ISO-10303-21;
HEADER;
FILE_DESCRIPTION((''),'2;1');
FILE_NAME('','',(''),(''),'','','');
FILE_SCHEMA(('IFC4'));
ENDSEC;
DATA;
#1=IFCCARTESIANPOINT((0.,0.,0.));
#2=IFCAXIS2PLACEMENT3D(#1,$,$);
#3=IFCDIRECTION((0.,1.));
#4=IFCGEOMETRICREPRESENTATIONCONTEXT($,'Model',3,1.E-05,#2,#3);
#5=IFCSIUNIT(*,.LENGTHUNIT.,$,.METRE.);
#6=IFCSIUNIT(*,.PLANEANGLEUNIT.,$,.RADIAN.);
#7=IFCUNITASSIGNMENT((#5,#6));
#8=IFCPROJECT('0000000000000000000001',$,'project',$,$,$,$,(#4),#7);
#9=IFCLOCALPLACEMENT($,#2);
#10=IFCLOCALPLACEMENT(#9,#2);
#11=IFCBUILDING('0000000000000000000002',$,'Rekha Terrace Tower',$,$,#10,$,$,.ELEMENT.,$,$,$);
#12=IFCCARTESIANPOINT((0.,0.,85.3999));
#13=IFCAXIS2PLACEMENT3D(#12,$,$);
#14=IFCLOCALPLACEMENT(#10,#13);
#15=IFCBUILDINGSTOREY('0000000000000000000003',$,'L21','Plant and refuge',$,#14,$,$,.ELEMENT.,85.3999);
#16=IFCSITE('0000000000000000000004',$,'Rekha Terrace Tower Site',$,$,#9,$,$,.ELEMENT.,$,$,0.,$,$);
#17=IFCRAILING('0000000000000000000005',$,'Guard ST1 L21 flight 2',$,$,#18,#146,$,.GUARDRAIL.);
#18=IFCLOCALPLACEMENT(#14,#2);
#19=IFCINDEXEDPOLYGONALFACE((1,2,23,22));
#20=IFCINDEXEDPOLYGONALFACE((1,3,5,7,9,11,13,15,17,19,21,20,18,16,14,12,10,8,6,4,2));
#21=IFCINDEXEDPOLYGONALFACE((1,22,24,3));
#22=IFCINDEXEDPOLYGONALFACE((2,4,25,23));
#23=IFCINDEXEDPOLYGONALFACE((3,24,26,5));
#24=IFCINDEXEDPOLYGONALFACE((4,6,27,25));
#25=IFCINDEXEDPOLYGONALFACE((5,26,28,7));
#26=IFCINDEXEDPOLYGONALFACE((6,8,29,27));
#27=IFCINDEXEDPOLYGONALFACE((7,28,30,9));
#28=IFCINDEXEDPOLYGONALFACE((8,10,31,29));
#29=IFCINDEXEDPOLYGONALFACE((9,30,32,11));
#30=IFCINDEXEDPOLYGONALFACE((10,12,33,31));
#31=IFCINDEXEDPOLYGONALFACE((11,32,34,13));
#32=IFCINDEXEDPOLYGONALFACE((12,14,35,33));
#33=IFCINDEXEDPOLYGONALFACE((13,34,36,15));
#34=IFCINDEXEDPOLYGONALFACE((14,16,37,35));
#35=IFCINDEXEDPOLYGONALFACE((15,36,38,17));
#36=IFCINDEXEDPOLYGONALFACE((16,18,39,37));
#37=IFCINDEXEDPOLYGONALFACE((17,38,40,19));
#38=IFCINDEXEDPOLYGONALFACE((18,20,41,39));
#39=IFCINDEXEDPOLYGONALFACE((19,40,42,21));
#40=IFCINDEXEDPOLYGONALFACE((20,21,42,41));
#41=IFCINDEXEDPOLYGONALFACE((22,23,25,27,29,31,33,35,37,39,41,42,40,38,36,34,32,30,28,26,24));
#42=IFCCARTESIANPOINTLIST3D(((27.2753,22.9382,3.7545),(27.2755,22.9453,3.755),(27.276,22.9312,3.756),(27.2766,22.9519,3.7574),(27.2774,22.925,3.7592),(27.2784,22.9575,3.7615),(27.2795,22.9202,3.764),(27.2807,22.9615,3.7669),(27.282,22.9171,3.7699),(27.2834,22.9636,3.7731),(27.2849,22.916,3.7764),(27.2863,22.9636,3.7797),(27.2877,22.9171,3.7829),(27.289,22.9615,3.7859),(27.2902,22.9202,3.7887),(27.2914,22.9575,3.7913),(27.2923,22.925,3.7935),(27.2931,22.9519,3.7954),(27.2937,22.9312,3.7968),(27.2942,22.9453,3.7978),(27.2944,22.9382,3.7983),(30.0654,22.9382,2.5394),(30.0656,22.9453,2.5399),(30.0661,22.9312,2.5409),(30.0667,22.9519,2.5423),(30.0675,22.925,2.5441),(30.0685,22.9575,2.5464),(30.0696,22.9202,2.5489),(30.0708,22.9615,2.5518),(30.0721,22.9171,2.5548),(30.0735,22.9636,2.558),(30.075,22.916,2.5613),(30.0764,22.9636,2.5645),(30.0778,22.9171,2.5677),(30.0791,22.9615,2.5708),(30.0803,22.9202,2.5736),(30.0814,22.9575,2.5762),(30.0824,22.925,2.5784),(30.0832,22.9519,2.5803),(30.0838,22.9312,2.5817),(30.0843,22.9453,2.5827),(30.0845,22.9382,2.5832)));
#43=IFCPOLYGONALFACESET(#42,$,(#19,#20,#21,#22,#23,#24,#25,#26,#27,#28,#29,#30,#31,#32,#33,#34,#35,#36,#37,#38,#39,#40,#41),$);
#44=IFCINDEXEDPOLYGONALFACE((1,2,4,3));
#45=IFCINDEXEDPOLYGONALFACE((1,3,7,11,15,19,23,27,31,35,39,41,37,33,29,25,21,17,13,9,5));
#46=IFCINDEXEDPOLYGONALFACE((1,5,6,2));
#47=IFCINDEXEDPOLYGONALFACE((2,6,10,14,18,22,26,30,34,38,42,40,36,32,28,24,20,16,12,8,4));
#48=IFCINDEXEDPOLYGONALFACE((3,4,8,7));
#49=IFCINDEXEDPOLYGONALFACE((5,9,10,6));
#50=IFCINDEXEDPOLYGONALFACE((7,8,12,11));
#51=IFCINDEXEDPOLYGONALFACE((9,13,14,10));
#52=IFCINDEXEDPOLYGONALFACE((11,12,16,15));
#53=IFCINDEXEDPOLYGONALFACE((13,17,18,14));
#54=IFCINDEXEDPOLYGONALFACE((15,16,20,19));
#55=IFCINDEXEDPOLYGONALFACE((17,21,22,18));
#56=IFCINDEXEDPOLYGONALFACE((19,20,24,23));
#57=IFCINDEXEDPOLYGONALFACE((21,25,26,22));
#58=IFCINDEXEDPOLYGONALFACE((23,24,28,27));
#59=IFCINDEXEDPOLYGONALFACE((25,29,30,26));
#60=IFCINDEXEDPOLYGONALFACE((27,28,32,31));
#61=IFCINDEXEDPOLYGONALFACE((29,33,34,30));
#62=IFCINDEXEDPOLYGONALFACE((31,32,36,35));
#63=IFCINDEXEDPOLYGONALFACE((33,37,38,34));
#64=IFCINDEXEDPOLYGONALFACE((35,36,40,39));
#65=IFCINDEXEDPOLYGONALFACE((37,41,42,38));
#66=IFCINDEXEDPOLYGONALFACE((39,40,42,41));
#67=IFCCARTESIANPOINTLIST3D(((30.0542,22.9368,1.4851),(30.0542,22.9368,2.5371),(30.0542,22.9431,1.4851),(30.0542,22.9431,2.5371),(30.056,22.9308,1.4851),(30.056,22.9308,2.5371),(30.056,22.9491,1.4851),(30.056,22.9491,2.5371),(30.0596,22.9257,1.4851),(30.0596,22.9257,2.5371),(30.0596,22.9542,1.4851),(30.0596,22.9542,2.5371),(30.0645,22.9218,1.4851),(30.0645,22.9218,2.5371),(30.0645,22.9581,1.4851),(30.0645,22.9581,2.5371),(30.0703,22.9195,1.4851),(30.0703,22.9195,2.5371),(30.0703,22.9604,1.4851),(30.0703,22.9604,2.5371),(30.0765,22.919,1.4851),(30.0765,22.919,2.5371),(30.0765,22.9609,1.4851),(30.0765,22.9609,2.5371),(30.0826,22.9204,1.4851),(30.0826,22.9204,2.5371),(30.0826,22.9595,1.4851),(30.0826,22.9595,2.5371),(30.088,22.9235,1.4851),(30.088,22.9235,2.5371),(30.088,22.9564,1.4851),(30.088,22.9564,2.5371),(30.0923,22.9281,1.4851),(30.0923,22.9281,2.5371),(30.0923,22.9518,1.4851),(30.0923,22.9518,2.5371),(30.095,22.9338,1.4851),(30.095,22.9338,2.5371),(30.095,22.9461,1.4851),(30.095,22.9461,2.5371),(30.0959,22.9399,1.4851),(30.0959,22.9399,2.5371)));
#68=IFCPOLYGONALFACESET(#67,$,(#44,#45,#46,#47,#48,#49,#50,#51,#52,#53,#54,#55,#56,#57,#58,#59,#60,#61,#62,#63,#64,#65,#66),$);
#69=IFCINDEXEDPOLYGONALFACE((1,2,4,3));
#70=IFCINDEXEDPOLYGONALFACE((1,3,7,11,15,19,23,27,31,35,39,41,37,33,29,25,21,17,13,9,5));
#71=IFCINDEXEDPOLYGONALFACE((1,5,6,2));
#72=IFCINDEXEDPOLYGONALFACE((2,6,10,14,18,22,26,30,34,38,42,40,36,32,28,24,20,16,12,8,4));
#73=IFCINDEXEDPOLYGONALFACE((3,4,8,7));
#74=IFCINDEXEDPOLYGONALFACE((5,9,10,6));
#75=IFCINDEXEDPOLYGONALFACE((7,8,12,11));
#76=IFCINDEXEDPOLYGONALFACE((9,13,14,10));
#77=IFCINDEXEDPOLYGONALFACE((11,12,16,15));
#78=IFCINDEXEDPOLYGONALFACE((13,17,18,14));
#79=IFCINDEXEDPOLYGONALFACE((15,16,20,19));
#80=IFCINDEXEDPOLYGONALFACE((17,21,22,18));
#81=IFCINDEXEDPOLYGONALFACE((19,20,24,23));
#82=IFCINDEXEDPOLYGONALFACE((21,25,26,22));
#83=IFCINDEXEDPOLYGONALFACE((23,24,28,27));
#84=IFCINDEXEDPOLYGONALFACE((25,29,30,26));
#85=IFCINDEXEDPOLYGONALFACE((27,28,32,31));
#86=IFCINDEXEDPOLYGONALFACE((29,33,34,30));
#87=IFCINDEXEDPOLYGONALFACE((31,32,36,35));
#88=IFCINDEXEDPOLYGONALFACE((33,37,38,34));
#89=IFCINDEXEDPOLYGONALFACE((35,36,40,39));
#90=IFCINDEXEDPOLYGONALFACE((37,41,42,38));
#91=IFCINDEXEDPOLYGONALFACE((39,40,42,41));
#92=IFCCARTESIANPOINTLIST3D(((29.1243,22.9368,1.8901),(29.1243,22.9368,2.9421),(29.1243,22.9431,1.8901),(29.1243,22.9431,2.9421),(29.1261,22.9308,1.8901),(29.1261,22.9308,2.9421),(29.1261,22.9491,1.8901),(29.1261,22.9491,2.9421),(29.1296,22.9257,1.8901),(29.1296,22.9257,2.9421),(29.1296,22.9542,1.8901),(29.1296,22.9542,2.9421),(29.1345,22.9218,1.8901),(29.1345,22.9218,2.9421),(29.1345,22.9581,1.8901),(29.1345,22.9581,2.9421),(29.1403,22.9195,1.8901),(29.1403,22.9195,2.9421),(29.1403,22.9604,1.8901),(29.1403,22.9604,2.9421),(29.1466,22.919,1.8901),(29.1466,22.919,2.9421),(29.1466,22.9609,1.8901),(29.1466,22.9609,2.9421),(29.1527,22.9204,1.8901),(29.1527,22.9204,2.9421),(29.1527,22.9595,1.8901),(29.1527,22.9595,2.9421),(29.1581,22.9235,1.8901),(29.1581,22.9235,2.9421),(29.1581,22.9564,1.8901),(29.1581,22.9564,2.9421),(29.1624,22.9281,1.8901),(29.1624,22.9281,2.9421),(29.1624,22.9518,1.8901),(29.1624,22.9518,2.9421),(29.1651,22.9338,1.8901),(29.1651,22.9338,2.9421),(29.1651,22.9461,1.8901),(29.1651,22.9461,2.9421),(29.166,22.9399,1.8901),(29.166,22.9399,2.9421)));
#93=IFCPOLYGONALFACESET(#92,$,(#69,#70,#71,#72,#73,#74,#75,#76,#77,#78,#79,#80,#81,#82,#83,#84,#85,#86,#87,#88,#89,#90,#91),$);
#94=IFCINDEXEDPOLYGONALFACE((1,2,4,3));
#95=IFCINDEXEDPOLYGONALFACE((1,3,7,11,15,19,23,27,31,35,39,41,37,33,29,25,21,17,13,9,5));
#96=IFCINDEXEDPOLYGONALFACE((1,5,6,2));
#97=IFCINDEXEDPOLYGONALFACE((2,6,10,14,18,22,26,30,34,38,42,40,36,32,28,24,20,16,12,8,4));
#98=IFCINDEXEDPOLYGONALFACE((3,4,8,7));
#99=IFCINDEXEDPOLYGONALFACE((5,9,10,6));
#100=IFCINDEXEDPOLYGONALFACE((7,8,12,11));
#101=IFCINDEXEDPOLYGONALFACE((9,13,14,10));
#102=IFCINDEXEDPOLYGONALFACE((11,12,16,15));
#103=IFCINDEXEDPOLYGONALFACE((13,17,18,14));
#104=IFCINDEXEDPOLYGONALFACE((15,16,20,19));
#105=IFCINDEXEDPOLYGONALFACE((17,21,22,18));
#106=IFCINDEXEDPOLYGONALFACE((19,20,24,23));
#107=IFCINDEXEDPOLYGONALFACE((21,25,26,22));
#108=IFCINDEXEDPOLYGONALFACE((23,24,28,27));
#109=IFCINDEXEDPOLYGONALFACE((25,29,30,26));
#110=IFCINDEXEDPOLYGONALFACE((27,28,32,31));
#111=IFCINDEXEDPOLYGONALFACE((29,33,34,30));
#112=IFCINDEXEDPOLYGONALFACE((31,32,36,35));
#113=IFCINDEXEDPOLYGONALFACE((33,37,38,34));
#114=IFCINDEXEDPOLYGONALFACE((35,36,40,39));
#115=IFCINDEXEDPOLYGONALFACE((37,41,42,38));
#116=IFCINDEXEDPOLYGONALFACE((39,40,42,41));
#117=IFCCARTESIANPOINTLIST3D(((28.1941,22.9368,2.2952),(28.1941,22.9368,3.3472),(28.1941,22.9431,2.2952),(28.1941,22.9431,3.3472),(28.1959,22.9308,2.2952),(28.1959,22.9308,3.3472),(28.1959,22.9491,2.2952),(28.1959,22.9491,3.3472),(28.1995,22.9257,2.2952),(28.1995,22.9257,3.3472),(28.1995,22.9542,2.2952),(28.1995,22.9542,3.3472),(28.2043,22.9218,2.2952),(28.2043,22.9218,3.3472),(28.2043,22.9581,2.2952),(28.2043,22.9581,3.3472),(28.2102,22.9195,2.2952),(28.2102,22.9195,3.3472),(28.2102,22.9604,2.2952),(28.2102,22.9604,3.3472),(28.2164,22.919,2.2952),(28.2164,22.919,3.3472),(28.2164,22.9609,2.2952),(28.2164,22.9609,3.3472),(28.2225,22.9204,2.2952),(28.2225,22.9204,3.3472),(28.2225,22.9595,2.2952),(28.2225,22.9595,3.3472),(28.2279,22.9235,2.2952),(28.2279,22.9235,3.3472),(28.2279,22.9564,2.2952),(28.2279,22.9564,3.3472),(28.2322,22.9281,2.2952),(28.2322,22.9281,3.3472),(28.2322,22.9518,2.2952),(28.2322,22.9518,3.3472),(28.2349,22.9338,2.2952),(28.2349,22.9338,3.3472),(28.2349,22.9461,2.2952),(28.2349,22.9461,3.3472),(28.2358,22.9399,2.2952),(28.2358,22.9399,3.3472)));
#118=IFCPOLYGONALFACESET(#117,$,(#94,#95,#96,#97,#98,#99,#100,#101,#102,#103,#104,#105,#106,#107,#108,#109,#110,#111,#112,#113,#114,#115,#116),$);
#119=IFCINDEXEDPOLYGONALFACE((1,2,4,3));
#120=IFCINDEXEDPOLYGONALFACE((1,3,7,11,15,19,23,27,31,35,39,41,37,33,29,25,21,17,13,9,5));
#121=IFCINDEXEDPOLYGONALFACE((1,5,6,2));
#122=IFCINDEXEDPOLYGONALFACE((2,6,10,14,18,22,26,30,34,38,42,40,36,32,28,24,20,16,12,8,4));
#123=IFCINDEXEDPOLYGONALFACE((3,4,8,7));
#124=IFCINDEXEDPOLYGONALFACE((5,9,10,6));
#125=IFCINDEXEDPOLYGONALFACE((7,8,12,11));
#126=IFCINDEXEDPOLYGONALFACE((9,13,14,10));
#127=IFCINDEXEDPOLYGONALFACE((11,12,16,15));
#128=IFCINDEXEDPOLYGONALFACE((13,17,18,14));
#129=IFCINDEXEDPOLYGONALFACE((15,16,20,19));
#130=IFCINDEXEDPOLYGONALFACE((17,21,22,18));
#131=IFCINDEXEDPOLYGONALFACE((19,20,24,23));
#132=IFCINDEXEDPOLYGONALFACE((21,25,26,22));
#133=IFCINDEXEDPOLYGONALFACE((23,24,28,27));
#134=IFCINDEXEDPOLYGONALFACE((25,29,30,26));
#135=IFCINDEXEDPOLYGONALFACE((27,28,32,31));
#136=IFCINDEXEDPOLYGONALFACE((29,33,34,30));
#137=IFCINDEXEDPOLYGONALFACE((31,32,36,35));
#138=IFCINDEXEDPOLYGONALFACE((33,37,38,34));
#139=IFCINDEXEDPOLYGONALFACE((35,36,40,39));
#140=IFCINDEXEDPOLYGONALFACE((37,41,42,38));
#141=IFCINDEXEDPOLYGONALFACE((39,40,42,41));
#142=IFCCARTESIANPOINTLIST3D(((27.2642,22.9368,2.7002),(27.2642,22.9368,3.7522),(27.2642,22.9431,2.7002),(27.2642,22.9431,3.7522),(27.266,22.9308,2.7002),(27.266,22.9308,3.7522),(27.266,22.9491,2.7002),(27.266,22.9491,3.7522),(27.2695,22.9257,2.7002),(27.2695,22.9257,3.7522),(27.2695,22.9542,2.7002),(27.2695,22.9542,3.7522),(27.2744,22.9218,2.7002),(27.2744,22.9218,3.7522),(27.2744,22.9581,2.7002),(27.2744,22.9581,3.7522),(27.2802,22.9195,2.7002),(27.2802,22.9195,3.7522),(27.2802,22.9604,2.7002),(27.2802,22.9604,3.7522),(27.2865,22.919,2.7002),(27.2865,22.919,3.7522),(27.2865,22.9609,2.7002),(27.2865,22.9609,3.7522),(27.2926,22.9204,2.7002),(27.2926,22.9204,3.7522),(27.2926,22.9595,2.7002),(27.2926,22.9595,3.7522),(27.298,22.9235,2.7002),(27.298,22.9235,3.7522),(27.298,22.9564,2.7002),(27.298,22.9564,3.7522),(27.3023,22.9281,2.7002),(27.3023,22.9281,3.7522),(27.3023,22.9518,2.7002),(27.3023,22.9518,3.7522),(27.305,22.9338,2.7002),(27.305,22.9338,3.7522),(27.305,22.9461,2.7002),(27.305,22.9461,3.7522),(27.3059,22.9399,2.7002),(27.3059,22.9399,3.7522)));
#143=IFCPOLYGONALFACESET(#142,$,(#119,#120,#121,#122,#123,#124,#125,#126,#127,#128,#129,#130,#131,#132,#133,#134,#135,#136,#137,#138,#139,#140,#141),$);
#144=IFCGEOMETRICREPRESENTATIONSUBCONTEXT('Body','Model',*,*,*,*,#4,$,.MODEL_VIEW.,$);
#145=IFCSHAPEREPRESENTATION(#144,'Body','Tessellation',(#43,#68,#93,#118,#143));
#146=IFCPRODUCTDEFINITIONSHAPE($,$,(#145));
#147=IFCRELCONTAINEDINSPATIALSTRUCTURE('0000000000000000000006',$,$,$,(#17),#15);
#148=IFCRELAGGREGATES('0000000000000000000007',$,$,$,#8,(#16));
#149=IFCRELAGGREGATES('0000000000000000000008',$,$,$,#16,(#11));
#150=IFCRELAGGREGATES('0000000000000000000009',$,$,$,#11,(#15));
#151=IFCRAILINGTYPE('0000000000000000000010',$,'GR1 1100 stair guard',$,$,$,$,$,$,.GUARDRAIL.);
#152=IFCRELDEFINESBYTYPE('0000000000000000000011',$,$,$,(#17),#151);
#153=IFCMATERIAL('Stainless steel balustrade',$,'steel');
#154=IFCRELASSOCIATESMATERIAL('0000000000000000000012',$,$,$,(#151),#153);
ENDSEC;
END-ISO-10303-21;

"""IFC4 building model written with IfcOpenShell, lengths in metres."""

from ifc_helpers import new_model, si_unit, direction, frame, origin, origin_2d, place, context, subcontext, project, spatial, circle, extrude, material, type_object, element, save


model = new_model("IFC4")

# Units and contexts
model_context = context("Model", 3, precision=1e-05, world=origin(), true_north=direction((0.0, 1.0)))
body_context = subcontext(model_context, "Body", "Model", "MODEL_VIEW")
ifc_project = project(units=[si_unit("LENGTHUNIT", "METRE"), si_unit("PLANEANGLEUNIT", "RADIAN")], contexts=[model_context])

# Site, building, storey
site_placement = place(None, origin())
site = spatial("IfcSite", under=ifc_project, at=site_placement, Name="Rekha Terrace Tower Site", CompositionType="ELEMENT", RefElevation=0.0)
building_placement = place(site_placement, origin())
building = spatial("IfcBuilding", under=site, at=building_placement, Name="Rekha Terrace Tower", CompositionType="ELEMENT")
storey_placement = place(building_placement, frame((0.0, 0.0, 85.3999)))
storey = spatial("IfcBuildingStorey", under=building, at=storey_placement, Name="L21", Description="Plant and refuge", CompositionType="ELEMENT", Elevation=85.3999)

# Railing
ifc_material_1 = material(Name="Stainless steel balustrade", Category="steel")
railing_type_1 = type_object("IfcRailingType", Name="GR1 1100 stair guard", PredefinedType="GUARDRAIL", material=ifc_material_1)
railing_1_placement = place(storey_placement, frame((30.075, 22.9399, 1.4851)))
element("IfcRailing", 1, at=railing_1_placement, inside=storey, type_object=railing_type_1, Name="Guard ST1 L21 flight 2", PredefinedType="GUARDRAIL", context=body_context, shape_type="SweptSolid", body=[
    extrude(circle(Radius=0.0239, at=origin_2d()), frame((0.0, 0.0, 1.0762), z_axis=(-0.916826, 0.0, 0.399286), x_axis=(0.0, -1.0, 0.0)), (0.0, 0.0, 1.0), 3.0432),
    extrude(circle(Radius=0.021, at=origin_2d()), origin(), (0.0, 0.0, 1.0), 1.052),
    extrude(circle(Radius=0.021, at=origin_2d()), frame((-0.9299, 0.0, 0.405)), (0.0, 0.0, 1.0), 1.052),
    extrude(circle(Radius=0.021, at=origin_2d()), frame((-1.8601, 0.0, 0.8101)), (0.0, 0.0, 1.0), 1.052),
    extrude(circle(Radius=0.021, at=origin_2d()), frame((-2.79, 0.0, 1.2151)), (0.0, 0.0, 1.0), 1.052),
])

save(model, "model.ifc")
